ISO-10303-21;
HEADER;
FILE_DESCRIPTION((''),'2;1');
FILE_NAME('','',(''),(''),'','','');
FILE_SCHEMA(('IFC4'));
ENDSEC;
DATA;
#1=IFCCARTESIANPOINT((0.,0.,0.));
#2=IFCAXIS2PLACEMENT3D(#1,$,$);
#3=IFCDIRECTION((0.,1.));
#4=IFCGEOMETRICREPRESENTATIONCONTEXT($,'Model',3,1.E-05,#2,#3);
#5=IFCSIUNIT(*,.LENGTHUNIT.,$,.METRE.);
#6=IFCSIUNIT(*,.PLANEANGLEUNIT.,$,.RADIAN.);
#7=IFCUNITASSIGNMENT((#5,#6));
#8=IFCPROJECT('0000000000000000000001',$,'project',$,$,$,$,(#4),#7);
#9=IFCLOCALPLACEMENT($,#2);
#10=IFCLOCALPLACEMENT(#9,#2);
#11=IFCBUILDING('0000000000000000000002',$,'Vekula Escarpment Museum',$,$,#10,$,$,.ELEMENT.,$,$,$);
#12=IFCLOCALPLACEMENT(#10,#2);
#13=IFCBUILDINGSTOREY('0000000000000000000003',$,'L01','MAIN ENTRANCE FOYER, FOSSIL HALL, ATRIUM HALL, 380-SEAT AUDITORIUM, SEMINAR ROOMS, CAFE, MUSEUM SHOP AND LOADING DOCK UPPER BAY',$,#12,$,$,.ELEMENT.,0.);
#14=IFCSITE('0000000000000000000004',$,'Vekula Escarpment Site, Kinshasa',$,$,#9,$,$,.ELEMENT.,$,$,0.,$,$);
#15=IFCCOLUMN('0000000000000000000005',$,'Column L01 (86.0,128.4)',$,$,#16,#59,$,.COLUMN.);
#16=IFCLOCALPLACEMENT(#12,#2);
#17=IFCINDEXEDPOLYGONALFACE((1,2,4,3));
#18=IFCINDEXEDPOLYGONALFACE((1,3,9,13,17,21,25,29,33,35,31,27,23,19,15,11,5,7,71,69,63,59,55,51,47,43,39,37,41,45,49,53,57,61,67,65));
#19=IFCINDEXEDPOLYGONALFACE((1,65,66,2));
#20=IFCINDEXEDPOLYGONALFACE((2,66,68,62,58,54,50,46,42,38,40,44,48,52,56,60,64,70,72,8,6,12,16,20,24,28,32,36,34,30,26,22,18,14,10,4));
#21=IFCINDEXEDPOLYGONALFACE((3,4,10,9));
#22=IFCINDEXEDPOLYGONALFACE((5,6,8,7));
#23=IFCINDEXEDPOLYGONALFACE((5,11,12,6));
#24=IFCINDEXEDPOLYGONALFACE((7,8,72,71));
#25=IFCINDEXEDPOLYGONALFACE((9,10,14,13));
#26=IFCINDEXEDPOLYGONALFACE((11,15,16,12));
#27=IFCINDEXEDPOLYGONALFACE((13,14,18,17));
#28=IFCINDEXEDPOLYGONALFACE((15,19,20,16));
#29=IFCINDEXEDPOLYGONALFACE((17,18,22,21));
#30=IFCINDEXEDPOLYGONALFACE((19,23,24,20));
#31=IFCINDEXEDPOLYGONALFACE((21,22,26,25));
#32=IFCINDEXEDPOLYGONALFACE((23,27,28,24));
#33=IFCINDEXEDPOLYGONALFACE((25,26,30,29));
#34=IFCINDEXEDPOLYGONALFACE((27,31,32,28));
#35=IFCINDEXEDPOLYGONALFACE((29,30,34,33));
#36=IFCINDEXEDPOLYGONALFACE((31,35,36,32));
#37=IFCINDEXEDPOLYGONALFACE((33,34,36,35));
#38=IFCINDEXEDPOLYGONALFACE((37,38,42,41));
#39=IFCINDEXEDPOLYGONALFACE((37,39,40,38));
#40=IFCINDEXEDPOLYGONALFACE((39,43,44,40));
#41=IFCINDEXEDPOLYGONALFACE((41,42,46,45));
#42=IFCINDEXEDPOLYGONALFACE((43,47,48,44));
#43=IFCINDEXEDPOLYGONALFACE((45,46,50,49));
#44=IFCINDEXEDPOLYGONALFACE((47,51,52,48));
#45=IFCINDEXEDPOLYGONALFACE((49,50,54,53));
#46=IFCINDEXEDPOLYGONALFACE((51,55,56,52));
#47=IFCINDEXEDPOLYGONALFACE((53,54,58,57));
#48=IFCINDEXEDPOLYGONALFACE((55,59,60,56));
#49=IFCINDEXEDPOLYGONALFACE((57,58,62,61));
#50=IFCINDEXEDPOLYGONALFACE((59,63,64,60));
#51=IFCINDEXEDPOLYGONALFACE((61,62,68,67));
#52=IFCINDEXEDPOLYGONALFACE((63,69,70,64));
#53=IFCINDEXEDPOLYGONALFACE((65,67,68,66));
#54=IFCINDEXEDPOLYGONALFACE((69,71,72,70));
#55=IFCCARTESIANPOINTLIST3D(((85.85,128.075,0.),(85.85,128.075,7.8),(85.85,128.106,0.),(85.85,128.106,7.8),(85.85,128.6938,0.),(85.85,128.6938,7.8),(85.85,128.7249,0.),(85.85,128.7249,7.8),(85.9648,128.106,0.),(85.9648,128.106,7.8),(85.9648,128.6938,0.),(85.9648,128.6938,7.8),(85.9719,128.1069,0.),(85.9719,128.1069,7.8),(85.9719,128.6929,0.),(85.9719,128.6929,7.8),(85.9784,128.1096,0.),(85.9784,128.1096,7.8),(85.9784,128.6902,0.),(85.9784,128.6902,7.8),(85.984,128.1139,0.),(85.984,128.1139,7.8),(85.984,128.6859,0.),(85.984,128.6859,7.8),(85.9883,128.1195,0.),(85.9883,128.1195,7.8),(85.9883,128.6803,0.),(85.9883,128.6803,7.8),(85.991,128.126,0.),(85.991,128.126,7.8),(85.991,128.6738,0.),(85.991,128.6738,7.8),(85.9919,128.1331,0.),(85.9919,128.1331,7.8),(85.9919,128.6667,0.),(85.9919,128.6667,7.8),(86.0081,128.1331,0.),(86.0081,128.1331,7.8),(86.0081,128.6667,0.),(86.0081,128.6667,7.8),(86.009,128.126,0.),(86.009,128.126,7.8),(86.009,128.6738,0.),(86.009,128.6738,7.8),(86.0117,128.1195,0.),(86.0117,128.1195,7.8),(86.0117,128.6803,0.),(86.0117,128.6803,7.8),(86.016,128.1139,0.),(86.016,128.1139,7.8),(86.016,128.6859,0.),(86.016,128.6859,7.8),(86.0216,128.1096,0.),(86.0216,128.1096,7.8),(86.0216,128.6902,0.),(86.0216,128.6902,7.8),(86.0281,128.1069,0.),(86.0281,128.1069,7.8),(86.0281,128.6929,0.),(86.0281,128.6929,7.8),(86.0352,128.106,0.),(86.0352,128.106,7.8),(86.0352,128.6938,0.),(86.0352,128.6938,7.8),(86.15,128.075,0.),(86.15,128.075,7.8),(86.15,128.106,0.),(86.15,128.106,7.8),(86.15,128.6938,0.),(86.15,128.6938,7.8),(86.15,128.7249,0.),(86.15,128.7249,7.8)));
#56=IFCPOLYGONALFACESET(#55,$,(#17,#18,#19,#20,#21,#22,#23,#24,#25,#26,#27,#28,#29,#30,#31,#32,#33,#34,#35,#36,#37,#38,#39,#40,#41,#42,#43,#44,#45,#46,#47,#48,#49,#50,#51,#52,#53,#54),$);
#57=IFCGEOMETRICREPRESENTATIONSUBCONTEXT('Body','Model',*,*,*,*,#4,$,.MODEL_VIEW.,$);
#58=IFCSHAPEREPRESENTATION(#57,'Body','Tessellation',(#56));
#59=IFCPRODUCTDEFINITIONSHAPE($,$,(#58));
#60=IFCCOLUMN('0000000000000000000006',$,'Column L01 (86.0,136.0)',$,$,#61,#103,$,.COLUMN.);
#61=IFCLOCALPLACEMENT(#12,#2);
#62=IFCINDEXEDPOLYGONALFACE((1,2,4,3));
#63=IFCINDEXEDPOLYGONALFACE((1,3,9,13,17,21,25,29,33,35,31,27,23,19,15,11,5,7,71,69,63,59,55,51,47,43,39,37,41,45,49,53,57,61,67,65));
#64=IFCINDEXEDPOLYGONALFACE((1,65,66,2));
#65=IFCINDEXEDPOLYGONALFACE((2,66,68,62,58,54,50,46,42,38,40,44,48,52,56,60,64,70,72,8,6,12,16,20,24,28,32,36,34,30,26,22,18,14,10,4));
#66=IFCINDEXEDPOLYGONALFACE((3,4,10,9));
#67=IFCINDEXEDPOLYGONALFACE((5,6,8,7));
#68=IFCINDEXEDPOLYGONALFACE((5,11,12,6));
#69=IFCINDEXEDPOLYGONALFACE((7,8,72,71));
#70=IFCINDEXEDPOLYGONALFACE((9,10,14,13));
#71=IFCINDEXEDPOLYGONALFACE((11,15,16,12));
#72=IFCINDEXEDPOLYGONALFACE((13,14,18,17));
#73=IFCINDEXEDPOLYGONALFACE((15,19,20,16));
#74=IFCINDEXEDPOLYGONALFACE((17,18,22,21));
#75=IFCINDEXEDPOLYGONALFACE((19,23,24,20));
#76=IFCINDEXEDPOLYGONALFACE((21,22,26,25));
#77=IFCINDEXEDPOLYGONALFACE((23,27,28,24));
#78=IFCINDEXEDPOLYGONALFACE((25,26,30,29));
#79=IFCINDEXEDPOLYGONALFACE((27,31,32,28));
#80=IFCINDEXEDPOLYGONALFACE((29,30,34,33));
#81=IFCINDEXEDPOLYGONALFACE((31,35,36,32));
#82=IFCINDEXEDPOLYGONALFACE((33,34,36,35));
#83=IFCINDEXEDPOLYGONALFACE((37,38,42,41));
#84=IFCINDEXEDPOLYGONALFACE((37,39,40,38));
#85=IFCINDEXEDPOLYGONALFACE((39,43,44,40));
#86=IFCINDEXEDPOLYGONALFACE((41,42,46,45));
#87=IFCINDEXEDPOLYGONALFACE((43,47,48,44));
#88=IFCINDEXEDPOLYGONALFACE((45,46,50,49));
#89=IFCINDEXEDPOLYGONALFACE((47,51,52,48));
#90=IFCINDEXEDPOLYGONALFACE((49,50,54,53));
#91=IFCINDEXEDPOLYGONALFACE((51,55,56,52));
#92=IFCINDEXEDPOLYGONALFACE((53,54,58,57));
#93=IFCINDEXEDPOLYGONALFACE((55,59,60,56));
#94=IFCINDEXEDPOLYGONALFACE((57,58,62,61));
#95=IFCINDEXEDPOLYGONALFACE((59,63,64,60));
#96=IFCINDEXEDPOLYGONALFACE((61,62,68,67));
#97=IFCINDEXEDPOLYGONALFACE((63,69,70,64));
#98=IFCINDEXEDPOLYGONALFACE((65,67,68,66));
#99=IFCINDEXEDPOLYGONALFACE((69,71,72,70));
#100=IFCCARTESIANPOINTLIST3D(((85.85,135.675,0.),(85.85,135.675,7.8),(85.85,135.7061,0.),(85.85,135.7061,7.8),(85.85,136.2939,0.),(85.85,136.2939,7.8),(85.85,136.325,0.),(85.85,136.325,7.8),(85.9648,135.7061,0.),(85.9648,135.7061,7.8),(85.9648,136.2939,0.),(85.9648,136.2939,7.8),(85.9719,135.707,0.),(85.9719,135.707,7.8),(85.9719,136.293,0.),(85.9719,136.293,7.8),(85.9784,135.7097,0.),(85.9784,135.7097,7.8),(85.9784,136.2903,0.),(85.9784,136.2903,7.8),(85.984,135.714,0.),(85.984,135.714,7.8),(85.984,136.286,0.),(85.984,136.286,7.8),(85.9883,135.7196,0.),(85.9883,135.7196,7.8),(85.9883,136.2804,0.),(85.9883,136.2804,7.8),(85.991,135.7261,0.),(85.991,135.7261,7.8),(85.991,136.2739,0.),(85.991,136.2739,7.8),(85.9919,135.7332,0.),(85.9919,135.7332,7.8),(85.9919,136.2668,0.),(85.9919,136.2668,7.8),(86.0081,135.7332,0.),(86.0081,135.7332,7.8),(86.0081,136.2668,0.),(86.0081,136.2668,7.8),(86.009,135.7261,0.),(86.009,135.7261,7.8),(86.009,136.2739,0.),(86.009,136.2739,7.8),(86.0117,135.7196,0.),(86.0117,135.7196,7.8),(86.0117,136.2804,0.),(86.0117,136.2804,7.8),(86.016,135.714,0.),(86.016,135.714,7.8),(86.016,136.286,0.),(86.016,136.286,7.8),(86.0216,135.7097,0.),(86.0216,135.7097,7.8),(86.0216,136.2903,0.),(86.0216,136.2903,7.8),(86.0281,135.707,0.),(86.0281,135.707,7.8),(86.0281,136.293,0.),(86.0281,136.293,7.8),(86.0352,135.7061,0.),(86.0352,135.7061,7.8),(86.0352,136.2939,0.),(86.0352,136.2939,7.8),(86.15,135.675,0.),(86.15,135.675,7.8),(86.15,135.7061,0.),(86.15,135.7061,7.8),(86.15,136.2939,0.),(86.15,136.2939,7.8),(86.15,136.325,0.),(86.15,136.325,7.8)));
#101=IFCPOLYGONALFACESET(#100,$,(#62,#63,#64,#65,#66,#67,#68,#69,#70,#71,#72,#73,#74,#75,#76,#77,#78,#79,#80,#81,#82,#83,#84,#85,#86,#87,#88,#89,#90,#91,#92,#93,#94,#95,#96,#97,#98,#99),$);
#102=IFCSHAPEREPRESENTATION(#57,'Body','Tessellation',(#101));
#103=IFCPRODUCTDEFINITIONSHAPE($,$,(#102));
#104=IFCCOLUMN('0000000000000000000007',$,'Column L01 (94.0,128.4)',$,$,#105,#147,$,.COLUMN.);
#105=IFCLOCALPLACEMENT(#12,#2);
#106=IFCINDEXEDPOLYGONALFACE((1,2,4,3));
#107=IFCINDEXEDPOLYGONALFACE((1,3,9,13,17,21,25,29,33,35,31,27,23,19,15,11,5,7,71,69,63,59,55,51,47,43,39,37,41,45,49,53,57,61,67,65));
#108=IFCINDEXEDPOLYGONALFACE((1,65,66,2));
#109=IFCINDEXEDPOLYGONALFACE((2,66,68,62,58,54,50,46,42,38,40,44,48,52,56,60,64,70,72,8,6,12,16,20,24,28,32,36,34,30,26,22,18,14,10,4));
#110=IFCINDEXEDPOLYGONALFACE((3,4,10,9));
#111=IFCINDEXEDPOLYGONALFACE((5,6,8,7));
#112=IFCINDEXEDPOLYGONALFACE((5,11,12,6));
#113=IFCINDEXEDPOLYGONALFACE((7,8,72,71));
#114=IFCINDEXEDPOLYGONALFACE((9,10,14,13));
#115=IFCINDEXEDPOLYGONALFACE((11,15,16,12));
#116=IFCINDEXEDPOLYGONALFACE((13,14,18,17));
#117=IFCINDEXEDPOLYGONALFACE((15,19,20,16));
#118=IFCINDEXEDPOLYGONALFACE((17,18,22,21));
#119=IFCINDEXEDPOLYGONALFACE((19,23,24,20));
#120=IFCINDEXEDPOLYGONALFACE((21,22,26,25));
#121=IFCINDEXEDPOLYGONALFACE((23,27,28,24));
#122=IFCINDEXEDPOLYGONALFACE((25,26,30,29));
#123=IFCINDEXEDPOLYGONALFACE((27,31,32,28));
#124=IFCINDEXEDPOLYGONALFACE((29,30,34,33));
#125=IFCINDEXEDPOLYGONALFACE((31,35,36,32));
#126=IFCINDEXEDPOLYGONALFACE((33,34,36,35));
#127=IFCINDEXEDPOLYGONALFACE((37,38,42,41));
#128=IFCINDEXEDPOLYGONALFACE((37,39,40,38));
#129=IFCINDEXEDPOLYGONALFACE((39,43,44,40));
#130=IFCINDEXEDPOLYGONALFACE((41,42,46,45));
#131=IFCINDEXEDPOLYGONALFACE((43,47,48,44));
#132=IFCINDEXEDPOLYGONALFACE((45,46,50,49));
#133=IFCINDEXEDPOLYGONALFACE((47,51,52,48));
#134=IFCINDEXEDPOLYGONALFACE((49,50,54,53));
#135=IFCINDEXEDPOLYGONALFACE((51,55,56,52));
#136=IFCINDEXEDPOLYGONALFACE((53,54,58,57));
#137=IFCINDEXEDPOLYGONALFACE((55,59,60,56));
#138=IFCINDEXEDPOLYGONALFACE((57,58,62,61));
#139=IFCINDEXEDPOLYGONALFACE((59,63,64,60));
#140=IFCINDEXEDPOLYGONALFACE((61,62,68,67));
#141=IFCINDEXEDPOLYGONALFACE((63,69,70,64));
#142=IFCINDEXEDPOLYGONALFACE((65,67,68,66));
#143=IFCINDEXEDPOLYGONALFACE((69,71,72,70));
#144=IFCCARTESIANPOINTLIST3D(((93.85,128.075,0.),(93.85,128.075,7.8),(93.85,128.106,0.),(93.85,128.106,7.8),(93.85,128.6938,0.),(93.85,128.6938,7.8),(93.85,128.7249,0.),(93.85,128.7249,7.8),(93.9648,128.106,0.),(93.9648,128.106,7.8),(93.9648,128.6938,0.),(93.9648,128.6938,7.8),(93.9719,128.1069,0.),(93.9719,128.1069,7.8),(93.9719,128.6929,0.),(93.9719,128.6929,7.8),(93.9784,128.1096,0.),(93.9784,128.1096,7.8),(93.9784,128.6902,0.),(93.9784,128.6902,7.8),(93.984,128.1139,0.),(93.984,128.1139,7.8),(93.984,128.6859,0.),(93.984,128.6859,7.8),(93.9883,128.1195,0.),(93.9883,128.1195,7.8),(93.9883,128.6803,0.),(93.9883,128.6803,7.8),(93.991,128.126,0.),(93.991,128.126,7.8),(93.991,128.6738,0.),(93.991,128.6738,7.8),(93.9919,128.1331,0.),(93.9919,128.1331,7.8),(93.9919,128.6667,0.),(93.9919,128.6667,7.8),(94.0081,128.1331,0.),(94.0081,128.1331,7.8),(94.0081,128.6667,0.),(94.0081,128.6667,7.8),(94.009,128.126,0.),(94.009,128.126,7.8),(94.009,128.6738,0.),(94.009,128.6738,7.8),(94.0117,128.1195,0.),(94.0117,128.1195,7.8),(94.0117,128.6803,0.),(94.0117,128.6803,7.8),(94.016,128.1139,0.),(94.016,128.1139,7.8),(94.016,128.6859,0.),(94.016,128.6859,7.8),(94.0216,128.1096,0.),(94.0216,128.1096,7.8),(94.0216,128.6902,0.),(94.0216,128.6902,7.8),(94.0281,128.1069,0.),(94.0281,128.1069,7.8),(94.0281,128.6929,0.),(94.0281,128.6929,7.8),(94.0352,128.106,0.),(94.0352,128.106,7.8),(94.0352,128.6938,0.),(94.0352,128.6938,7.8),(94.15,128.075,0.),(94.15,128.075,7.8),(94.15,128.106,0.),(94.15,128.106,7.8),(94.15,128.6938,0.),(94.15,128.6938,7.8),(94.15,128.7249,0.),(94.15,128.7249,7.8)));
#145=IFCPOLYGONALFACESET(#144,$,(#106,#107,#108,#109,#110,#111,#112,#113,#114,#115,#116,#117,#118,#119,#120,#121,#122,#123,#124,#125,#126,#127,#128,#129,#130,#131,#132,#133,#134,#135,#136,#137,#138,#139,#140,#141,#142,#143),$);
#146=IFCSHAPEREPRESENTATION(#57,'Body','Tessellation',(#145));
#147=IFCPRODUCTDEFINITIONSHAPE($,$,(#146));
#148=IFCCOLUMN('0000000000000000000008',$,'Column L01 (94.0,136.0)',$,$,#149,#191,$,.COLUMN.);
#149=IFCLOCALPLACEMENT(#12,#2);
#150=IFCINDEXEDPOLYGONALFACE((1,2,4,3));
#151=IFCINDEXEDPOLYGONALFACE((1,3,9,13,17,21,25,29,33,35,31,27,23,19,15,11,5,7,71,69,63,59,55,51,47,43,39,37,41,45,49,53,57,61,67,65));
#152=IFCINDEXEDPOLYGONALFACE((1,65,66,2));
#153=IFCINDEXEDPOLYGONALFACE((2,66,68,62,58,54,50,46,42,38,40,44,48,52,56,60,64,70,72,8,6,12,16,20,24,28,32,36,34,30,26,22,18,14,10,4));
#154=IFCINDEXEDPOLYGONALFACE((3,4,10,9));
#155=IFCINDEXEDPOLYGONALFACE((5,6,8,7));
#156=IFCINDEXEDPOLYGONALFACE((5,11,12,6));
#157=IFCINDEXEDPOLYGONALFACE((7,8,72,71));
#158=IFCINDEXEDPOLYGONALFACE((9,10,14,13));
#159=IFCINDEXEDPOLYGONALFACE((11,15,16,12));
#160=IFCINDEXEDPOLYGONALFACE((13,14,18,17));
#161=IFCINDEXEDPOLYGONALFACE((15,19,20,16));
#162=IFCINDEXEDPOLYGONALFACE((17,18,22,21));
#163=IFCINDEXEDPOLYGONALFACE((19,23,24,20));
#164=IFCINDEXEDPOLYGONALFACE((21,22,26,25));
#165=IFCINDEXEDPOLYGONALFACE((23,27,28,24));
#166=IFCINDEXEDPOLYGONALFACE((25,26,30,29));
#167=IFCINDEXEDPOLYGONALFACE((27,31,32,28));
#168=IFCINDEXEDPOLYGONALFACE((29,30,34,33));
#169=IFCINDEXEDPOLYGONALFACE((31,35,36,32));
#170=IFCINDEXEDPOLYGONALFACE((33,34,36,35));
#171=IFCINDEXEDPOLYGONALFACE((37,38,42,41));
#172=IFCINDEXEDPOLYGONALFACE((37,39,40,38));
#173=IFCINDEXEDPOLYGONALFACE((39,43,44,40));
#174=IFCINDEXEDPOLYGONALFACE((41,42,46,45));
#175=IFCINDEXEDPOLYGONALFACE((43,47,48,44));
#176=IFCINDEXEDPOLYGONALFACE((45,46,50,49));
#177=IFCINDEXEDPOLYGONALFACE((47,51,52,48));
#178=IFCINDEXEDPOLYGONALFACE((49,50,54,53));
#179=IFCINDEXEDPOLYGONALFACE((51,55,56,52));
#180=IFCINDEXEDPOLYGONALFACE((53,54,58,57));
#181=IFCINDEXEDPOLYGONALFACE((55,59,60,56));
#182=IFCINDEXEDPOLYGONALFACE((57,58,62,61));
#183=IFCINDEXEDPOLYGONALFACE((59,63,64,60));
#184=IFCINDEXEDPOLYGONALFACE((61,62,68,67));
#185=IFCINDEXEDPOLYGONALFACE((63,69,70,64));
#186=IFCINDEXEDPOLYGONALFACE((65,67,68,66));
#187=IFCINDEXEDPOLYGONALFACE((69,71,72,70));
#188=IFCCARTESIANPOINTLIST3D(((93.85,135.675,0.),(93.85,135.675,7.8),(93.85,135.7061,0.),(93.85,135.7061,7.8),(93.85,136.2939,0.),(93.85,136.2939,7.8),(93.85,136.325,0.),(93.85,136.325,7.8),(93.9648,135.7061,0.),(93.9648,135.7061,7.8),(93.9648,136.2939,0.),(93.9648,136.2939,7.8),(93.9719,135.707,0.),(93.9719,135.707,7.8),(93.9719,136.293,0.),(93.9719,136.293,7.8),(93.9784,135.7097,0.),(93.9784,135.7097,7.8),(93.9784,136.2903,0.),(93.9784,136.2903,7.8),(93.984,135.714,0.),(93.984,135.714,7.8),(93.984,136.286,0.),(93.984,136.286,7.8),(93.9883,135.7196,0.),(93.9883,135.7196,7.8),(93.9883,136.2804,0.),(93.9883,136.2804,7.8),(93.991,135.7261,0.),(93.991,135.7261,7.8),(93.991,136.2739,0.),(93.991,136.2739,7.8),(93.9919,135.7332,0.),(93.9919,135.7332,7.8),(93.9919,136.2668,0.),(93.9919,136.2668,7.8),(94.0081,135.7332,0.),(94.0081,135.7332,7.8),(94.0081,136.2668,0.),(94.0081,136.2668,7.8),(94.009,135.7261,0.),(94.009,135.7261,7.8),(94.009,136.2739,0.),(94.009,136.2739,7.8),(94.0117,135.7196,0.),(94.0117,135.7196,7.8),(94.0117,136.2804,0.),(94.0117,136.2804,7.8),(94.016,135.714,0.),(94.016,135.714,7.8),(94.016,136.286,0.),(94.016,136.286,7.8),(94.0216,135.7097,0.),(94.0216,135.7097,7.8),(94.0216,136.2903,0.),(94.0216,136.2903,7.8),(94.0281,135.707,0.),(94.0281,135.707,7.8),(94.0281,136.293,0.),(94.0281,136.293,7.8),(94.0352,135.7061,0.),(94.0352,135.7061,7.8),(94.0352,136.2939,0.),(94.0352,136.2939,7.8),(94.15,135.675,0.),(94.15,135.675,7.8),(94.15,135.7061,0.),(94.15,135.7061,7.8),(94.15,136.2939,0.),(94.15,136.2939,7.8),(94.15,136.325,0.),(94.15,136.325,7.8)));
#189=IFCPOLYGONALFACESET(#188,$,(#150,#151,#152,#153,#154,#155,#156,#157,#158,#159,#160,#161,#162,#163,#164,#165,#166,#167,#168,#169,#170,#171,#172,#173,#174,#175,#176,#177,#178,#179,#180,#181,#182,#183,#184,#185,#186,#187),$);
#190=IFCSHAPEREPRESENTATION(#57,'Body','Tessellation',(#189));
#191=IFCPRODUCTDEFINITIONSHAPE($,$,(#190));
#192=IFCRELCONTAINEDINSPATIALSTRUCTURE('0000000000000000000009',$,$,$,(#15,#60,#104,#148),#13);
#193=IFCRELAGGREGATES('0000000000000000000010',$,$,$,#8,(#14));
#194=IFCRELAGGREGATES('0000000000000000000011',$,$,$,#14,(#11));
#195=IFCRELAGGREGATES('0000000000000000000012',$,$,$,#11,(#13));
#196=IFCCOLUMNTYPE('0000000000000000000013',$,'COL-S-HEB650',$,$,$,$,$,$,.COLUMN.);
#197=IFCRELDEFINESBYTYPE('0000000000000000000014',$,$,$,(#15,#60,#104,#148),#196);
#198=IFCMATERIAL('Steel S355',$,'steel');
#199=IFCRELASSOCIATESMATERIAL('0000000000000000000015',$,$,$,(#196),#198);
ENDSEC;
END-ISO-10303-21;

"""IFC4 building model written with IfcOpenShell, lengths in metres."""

from ifc_helpers import new_model, si_unit, direction, frame, origin, origin_2d, place, context, subcontext, project, spatial, i_section, extrude, material, material_profile, profile_set, type_object, element, save


model = new_model("IFC4")

# Units and contexts
model_context = context("Model", 3, precision=1e-05, world=origin(), true_north=direction((0.0, 1.0)))
body_context = subcontext(model_context, "Body", "Model", "MODEL_VIEW")
ifc_project = project(units=[si_unit("LENGTHUNIT", "METRE"), si_unit("PLANEANGLEUNIT", "RADIAN")], contexts=[model_context])

# Site, building, storey
site_placement = place(None, origin())
site = spatial("IfcSite", under=ifc_project, at=site_placement, Name="Vekula Escarpment Site, Kinshasa", CompositionType="ELEMENT", RefElevation=0.0)
building_placement = place(site_placement, origin())
building = spatial("IfcBuilding", under=site, at=building_placement, Name="Vekula Escarpment Museum", CompositionType="ELEMENT")
storey_placement = place(building_placement, origin())
storey = spatial("IfcBuildingStorey", under=building, at=storey_placement, Name="L01", Description="MAIN ENTRANCE FOYER, FOSSIL HALL, ATRIUM HALL, 380-SEAT AUDITORIUM, SEMINAR ROOMS, CAFE, MUSEUM SHOP AND LOADING DOCK UPPER BAY", CompositionType="ELEMENT", Elevation=0.0)

# Columns
ifc_material_1 = material(Name="Steel S355", Category="steel")
ifc_material_profile_1 = material_profile(ifc_material_1, i_section(OverallWidth=0.3, OverallDepth=0.6499, WebThickness=0.0161, FlangeThickness=0.031, FilletRadius=0.0271, at=origin_2d()), Name="HEB 650")
ifc_profile_set_1 = profile_set([ifc_material_profile_1], Name="Steel S355")
column_type = type_object("IfcColumnType", Name="COL-S-HEB650", PredefinedType="COLUMN", material=ifc_profile_set_1)
for number, where, z_axis, x_axis, name in (
    (1, (86.0, 128.3999, 0.0), (0.0, 0.0, 1.0), (1.0, 0.0, 0.0), "Column L01 (86.0,128.4)"),
    (2, (86.0, 136.0, 0.0), (0.0, 0.0, 1.0), (1.0, 0.0, 0.0), "Column L01 (86.0,136.0)"),
    (3, (94.0, 128.3999, 0.0), (0.0, 0.0, 1.0), (1.0, 0.0, 0.0), "Column L01 (94.0,128.4)"),
    (4, (94.0, 136.0, 0.0), (0.0, 0.0, 1.0), (1.0, 0.0, 0.0), "Column L01 (94.0,136.0)"),
):
    element("IfcColumn", number, at=place(storey_placement, frame(where, z_axis=z_axis, x_axis=x_axis)), inside=storey, type_object=column_type, Name=name, PredefinedType="COLUMN", context=body_context, shape_type="SweptSolid", body=[
        extrude(i_section(OverallWidth=0.3, OverallDepth=0.6499, WebThickness=0.0161, FlangeThickness=0.031, FilletRadius=0.0271, at=origin_2d()), origin(), (0.0, 0.0, 1.0), 7.8),
    ])

save(model, "model.ifc")
